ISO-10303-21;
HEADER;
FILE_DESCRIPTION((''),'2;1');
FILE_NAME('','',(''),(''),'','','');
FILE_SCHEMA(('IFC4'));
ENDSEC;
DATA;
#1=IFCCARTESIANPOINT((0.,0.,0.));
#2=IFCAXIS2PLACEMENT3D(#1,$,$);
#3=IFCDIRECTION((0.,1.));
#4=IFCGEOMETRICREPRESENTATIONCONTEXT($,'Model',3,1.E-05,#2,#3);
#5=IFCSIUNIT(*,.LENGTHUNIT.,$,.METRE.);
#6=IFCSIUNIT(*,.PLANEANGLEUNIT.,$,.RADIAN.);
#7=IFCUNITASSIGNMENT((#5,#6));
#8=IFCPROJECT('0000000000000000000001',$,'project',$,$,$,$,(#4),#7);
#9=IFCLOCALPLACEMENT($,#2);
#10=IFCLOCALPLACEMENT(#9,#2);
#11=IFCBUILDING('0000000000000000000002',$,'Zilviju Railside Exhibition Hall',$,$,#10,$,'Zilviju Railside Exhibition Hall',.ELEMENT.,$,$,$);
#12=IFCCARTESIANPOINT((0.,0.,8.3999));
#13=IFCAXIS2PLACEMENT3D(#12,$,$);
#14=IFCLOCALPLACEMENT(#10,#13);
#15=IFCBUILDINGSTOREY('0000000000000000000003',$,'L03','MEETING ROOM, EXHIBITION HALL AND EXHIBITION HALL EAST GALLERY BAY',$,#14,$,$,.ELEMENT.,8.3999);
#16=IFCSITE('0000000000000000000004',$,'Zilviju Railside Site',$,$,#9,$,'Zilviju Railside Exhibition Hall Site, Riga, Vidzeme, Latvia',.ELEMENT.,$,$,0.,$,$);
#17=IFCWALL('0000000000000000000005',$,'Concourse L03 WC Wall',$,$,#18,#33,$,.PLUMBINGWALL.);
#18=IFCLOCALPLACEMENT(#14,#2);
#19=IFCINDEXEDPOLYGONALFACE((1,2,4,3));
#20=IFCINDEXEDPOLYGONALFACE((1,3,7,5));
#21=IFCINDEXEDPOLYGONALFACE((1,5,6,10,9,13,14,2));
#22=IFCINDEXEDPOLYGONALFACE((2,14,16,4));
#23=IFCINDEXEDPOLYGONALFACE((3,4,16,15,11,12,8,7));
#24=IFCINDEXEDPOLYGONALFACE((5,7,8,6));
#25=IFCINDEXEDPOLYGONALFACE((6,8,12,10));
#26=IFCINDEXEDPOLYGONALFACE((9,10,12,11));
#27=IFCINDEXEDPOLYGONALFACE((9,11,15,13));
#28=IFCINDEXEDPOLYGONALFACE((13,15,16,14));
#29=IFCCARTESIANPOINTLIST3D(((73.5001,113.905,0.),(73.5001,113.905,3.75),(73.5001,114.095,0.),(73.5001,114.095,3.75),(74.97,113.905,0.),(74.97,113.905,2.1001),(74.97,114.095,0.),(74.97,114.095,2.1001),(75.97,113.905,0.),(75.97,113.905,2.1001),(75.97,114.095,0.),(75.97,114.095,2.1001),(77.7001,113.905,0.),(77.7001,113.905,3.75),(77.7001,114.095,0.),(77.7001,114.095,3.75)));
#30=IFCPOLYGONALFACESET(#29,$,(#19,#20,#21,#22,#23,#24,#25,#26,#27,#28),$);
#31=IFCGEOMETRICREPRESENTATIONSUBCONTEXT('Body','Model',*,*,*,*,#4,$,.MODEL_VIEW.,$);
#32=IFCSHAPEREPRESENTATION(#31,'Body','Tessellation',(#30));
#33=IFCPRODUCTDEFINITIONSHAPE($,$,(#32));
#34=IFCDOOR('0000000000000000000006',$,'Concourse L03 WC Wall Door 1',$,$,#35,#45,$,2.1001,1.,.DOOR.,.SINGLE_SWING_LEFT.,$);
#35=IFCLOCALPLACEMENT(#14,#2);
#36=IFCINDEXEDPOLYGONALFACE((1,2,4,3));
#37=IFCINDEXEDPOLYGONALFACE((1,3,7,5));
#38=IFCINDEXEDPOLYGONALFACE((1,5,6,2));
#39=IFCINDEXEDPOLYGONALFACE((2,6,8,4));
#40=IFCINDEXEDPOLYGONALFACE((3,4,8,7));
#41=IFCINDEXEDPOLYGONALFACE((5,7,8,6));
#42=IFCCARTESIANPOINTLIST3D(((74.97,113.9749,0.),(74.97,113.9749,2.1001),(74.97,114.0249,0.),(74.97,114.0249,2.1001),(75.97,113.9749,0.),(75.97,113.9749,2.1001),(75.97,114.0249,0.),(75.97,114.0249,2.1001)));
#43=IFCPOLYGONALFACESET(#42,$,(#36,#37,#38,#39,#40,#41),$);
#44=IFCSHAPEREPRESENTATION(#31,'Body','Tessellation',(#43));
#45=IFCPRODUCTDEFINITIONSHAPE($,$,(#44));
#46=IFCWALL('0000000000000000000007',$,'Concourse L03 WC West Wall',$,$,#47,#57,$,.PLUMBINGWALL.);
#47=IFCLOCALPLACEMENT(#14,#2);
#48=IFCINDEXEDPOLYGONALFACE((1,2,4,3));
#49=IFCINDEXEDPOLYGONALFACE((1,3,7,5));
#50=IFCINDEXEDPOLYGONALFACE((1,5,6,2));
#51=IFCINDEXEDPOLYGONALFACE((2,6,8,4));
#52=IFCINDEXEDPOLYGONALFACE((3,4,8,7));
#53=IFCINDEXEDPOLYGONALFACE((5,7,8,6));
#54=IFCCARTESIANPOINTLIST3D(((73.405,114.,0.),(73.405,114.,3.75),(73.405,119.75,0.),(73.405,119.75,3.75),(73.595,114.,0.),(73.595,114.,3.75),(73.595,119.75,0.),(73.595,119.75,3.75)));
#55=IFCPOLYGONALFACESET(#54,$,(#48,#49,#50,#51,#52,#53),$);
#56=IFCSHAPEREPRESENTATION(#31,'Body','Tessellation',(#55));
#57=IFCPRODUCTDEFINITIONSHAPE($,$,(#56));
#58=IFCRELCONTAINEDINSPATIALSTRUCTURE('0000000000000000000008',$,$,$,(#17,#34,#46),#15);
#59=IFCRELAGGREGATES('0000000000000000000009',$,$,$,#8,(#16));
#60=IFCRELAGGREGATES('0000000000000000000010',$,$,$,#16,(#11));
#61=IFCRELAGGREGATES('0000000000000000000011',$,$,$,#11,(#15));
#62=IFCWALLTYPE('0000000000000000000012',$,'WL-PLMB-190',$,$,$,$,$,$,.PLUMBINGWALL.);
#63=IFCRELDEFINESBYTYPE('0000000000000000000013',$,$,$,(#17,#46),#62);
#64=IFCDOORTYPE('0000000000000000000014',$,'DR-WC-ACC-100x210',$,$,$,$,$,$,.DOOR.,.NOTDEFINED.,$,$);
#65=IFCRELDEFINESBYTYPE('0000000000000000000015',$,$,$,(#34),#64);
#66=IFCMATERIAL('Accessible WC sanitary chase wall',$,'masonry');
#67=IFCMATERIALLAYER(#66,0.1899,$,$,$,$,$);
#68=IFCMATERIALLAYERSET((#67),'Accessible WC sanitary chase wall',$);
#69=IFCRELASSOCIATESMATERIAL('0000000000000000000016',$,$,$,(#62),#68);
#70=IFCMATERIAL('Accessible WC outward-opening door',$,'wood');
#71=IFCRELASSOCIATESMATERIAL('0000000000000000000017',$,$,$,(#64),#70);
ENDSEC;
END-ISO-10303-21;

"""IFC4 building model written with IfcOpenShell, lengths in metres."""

from ifc_helpers import new_model, si_unit, direction, frame, frame_2d, origin, place, context, subcontext, project, spatial, rectangle, extrude, material, layer, layer_set, type_object, element, fill, save


model = new_model("IFC4")

# Units and contexts
model_context = context("Model", 3, precision=1e-05, world=origin(), true_north=direction((0.0, 1.0)))
body_context = subcontext(model_context, "Body", "Model", "MODEL_VIEW")
ifc_project = project(units=[si_unit("LENGTHUNIT", "METRE"), si_unit("PLANEANGLEUNIT", "RADIAN")], contexts=[model_context])

# Site, building, storey
site_placement = place(None, origin())
site = spatial("IfcSite", under=ifc_project, at=site_placement, Name="Zilviju Railside Site", LongName="Zilviju Railside Exhibition Hall Site, Riga, Vidzeme, Latvia", CompositionType="ELEMENT", RefElevation=0.0)
building_placement = place(site_placement, origin())
building = spatial("IfcBuilding", under=site, at=building_placement, Name="Zilviju Railside Exhibition Hall", LongName="Zilviju Railside Exhibition Hall", CompositionType="ELEMENT")
storey_placement = place(building_placement, frame((0.0, 0.0, 8.3999)))
storey = spatial("IfcBuildingStorey", under=building, at=storey_placement, Name="L03", Description="MEETING ROOM, EXHIBITION HALL AND EXHIBITION HALL EAST GALLERY BAY", CompositionType="ELEMENT", Elevation=8.3999)

# Wall, opening, door
ifc_material_1 = material(Name="Accessible WC sanitary chase wall", Category="masonry")
ifc_layer_1 = layer(ifc_material_1, 0.1899)
ifc_layer_set_1 = layer_set([ifc_layer_1], Name="Accessible WC sanitary chase wall")
wall_type_1 = type_object("IfcWallType", Name="WL-PLMB-190", PredefinedType="PLUMBINGWALL", material=ifc_layer_set_1)
wall_1_placement = place(storey_placement, frame((73.5, 114.0, 0.0), z_axis=(0.0, 0.0, 1.0), x_axis=(1.0, 0.0, 0.0)))
wall_1 = element("IfcWall", 1, at=wall_1_placement, inside=storey, type_object=wall_type_1, Name="Concourse L03 WC Wall", PredefinedType="PLUMBINGWALL", context=body_context, shape_type="SweptSolid", body=[
    extrude(rectangle(XDim=4.2, YDim=0.1899, at=frame_2d((2.1001, 0.0))), origin(), (0.0, 0.0, 1.0), 3.75),
])
opening_1_placement = place(wall_1_placement, frame((1.47, 0.0, 0.0)))
opening_1 = element("IfcOpeningElement", 2, at=opening_1_placement, cuts=wall_1, PredefinedType="OPENING", context=body_context, shape_type="SweptSolid", body=[
    extrude(rectangle(XDim=1.0, YDim=2.1001, at=frame_2d((0.5, 1.05))), frame((0.0, 0.105, 0.0), z_axis=(0.0, -1.0, 0.0), x_axis=(1.0, 0.0, 0.0)), (0.0, 0.0, 1.0), 0.21),
])
ifc_material_2 = material(Name="Accessible WC outward-opening door", Category="wood")
door_type_1 = type_object("IfcDoorType", Name="DR-WC-ACC-100x210", OperationType="NOTDEFINED", PredefinedType="DOOR", material=ifc_material_2)
door_1_placement = place(opening_1_placement, origin())
door_1 = element("IfcDoor", 3, at=door_1_placement, inside=storey, type_object=door_type_1, Name="Concourse L03 WC Wall Door 1", OperationType="SINGLE_SWING_LEFT", OverallHeight=2.1001, OverallWidth=1.0, PredefinedType="DOOR", context=body_context, shape_type="SweptSolid", body=[
    extrude(rectangle(XDim=1.0, YDim=2.1001, at=frame_2d((0.5, 1.05))), frame((0.0, 0.0249, 0.0), z_axis=(0.0, -1.0, 0.0), x_axis=(1.0, 0.0, 0.0)), (0.0, 0.0, 1.0), 0.05),
])
fill(opening_1, door_1)

# Wall
wall_2_placement = place(storey_placement, frame((73.5, 114.0, 0.0), z_axis=(0.0, 0.0, 1.0), x_axis=(0.0, 1.0, 0.0)))
element("IfcWall", 4, at=wall_2_placement, inside=storey, type_object=wall_type_1, Name="Concourse L03 WC West Wall", PredefinedType="PLUMBINGWALL", context=body_context, shape_type="SweptSolid", body=[
    extrude(rectangle(XDim=5.75, YDim=0.1899, at=frame_2d((2.875, 0.0))), origin(), (0.0, 0.0, 1.0), 3.75),
])

save(model, "model.ifc")
